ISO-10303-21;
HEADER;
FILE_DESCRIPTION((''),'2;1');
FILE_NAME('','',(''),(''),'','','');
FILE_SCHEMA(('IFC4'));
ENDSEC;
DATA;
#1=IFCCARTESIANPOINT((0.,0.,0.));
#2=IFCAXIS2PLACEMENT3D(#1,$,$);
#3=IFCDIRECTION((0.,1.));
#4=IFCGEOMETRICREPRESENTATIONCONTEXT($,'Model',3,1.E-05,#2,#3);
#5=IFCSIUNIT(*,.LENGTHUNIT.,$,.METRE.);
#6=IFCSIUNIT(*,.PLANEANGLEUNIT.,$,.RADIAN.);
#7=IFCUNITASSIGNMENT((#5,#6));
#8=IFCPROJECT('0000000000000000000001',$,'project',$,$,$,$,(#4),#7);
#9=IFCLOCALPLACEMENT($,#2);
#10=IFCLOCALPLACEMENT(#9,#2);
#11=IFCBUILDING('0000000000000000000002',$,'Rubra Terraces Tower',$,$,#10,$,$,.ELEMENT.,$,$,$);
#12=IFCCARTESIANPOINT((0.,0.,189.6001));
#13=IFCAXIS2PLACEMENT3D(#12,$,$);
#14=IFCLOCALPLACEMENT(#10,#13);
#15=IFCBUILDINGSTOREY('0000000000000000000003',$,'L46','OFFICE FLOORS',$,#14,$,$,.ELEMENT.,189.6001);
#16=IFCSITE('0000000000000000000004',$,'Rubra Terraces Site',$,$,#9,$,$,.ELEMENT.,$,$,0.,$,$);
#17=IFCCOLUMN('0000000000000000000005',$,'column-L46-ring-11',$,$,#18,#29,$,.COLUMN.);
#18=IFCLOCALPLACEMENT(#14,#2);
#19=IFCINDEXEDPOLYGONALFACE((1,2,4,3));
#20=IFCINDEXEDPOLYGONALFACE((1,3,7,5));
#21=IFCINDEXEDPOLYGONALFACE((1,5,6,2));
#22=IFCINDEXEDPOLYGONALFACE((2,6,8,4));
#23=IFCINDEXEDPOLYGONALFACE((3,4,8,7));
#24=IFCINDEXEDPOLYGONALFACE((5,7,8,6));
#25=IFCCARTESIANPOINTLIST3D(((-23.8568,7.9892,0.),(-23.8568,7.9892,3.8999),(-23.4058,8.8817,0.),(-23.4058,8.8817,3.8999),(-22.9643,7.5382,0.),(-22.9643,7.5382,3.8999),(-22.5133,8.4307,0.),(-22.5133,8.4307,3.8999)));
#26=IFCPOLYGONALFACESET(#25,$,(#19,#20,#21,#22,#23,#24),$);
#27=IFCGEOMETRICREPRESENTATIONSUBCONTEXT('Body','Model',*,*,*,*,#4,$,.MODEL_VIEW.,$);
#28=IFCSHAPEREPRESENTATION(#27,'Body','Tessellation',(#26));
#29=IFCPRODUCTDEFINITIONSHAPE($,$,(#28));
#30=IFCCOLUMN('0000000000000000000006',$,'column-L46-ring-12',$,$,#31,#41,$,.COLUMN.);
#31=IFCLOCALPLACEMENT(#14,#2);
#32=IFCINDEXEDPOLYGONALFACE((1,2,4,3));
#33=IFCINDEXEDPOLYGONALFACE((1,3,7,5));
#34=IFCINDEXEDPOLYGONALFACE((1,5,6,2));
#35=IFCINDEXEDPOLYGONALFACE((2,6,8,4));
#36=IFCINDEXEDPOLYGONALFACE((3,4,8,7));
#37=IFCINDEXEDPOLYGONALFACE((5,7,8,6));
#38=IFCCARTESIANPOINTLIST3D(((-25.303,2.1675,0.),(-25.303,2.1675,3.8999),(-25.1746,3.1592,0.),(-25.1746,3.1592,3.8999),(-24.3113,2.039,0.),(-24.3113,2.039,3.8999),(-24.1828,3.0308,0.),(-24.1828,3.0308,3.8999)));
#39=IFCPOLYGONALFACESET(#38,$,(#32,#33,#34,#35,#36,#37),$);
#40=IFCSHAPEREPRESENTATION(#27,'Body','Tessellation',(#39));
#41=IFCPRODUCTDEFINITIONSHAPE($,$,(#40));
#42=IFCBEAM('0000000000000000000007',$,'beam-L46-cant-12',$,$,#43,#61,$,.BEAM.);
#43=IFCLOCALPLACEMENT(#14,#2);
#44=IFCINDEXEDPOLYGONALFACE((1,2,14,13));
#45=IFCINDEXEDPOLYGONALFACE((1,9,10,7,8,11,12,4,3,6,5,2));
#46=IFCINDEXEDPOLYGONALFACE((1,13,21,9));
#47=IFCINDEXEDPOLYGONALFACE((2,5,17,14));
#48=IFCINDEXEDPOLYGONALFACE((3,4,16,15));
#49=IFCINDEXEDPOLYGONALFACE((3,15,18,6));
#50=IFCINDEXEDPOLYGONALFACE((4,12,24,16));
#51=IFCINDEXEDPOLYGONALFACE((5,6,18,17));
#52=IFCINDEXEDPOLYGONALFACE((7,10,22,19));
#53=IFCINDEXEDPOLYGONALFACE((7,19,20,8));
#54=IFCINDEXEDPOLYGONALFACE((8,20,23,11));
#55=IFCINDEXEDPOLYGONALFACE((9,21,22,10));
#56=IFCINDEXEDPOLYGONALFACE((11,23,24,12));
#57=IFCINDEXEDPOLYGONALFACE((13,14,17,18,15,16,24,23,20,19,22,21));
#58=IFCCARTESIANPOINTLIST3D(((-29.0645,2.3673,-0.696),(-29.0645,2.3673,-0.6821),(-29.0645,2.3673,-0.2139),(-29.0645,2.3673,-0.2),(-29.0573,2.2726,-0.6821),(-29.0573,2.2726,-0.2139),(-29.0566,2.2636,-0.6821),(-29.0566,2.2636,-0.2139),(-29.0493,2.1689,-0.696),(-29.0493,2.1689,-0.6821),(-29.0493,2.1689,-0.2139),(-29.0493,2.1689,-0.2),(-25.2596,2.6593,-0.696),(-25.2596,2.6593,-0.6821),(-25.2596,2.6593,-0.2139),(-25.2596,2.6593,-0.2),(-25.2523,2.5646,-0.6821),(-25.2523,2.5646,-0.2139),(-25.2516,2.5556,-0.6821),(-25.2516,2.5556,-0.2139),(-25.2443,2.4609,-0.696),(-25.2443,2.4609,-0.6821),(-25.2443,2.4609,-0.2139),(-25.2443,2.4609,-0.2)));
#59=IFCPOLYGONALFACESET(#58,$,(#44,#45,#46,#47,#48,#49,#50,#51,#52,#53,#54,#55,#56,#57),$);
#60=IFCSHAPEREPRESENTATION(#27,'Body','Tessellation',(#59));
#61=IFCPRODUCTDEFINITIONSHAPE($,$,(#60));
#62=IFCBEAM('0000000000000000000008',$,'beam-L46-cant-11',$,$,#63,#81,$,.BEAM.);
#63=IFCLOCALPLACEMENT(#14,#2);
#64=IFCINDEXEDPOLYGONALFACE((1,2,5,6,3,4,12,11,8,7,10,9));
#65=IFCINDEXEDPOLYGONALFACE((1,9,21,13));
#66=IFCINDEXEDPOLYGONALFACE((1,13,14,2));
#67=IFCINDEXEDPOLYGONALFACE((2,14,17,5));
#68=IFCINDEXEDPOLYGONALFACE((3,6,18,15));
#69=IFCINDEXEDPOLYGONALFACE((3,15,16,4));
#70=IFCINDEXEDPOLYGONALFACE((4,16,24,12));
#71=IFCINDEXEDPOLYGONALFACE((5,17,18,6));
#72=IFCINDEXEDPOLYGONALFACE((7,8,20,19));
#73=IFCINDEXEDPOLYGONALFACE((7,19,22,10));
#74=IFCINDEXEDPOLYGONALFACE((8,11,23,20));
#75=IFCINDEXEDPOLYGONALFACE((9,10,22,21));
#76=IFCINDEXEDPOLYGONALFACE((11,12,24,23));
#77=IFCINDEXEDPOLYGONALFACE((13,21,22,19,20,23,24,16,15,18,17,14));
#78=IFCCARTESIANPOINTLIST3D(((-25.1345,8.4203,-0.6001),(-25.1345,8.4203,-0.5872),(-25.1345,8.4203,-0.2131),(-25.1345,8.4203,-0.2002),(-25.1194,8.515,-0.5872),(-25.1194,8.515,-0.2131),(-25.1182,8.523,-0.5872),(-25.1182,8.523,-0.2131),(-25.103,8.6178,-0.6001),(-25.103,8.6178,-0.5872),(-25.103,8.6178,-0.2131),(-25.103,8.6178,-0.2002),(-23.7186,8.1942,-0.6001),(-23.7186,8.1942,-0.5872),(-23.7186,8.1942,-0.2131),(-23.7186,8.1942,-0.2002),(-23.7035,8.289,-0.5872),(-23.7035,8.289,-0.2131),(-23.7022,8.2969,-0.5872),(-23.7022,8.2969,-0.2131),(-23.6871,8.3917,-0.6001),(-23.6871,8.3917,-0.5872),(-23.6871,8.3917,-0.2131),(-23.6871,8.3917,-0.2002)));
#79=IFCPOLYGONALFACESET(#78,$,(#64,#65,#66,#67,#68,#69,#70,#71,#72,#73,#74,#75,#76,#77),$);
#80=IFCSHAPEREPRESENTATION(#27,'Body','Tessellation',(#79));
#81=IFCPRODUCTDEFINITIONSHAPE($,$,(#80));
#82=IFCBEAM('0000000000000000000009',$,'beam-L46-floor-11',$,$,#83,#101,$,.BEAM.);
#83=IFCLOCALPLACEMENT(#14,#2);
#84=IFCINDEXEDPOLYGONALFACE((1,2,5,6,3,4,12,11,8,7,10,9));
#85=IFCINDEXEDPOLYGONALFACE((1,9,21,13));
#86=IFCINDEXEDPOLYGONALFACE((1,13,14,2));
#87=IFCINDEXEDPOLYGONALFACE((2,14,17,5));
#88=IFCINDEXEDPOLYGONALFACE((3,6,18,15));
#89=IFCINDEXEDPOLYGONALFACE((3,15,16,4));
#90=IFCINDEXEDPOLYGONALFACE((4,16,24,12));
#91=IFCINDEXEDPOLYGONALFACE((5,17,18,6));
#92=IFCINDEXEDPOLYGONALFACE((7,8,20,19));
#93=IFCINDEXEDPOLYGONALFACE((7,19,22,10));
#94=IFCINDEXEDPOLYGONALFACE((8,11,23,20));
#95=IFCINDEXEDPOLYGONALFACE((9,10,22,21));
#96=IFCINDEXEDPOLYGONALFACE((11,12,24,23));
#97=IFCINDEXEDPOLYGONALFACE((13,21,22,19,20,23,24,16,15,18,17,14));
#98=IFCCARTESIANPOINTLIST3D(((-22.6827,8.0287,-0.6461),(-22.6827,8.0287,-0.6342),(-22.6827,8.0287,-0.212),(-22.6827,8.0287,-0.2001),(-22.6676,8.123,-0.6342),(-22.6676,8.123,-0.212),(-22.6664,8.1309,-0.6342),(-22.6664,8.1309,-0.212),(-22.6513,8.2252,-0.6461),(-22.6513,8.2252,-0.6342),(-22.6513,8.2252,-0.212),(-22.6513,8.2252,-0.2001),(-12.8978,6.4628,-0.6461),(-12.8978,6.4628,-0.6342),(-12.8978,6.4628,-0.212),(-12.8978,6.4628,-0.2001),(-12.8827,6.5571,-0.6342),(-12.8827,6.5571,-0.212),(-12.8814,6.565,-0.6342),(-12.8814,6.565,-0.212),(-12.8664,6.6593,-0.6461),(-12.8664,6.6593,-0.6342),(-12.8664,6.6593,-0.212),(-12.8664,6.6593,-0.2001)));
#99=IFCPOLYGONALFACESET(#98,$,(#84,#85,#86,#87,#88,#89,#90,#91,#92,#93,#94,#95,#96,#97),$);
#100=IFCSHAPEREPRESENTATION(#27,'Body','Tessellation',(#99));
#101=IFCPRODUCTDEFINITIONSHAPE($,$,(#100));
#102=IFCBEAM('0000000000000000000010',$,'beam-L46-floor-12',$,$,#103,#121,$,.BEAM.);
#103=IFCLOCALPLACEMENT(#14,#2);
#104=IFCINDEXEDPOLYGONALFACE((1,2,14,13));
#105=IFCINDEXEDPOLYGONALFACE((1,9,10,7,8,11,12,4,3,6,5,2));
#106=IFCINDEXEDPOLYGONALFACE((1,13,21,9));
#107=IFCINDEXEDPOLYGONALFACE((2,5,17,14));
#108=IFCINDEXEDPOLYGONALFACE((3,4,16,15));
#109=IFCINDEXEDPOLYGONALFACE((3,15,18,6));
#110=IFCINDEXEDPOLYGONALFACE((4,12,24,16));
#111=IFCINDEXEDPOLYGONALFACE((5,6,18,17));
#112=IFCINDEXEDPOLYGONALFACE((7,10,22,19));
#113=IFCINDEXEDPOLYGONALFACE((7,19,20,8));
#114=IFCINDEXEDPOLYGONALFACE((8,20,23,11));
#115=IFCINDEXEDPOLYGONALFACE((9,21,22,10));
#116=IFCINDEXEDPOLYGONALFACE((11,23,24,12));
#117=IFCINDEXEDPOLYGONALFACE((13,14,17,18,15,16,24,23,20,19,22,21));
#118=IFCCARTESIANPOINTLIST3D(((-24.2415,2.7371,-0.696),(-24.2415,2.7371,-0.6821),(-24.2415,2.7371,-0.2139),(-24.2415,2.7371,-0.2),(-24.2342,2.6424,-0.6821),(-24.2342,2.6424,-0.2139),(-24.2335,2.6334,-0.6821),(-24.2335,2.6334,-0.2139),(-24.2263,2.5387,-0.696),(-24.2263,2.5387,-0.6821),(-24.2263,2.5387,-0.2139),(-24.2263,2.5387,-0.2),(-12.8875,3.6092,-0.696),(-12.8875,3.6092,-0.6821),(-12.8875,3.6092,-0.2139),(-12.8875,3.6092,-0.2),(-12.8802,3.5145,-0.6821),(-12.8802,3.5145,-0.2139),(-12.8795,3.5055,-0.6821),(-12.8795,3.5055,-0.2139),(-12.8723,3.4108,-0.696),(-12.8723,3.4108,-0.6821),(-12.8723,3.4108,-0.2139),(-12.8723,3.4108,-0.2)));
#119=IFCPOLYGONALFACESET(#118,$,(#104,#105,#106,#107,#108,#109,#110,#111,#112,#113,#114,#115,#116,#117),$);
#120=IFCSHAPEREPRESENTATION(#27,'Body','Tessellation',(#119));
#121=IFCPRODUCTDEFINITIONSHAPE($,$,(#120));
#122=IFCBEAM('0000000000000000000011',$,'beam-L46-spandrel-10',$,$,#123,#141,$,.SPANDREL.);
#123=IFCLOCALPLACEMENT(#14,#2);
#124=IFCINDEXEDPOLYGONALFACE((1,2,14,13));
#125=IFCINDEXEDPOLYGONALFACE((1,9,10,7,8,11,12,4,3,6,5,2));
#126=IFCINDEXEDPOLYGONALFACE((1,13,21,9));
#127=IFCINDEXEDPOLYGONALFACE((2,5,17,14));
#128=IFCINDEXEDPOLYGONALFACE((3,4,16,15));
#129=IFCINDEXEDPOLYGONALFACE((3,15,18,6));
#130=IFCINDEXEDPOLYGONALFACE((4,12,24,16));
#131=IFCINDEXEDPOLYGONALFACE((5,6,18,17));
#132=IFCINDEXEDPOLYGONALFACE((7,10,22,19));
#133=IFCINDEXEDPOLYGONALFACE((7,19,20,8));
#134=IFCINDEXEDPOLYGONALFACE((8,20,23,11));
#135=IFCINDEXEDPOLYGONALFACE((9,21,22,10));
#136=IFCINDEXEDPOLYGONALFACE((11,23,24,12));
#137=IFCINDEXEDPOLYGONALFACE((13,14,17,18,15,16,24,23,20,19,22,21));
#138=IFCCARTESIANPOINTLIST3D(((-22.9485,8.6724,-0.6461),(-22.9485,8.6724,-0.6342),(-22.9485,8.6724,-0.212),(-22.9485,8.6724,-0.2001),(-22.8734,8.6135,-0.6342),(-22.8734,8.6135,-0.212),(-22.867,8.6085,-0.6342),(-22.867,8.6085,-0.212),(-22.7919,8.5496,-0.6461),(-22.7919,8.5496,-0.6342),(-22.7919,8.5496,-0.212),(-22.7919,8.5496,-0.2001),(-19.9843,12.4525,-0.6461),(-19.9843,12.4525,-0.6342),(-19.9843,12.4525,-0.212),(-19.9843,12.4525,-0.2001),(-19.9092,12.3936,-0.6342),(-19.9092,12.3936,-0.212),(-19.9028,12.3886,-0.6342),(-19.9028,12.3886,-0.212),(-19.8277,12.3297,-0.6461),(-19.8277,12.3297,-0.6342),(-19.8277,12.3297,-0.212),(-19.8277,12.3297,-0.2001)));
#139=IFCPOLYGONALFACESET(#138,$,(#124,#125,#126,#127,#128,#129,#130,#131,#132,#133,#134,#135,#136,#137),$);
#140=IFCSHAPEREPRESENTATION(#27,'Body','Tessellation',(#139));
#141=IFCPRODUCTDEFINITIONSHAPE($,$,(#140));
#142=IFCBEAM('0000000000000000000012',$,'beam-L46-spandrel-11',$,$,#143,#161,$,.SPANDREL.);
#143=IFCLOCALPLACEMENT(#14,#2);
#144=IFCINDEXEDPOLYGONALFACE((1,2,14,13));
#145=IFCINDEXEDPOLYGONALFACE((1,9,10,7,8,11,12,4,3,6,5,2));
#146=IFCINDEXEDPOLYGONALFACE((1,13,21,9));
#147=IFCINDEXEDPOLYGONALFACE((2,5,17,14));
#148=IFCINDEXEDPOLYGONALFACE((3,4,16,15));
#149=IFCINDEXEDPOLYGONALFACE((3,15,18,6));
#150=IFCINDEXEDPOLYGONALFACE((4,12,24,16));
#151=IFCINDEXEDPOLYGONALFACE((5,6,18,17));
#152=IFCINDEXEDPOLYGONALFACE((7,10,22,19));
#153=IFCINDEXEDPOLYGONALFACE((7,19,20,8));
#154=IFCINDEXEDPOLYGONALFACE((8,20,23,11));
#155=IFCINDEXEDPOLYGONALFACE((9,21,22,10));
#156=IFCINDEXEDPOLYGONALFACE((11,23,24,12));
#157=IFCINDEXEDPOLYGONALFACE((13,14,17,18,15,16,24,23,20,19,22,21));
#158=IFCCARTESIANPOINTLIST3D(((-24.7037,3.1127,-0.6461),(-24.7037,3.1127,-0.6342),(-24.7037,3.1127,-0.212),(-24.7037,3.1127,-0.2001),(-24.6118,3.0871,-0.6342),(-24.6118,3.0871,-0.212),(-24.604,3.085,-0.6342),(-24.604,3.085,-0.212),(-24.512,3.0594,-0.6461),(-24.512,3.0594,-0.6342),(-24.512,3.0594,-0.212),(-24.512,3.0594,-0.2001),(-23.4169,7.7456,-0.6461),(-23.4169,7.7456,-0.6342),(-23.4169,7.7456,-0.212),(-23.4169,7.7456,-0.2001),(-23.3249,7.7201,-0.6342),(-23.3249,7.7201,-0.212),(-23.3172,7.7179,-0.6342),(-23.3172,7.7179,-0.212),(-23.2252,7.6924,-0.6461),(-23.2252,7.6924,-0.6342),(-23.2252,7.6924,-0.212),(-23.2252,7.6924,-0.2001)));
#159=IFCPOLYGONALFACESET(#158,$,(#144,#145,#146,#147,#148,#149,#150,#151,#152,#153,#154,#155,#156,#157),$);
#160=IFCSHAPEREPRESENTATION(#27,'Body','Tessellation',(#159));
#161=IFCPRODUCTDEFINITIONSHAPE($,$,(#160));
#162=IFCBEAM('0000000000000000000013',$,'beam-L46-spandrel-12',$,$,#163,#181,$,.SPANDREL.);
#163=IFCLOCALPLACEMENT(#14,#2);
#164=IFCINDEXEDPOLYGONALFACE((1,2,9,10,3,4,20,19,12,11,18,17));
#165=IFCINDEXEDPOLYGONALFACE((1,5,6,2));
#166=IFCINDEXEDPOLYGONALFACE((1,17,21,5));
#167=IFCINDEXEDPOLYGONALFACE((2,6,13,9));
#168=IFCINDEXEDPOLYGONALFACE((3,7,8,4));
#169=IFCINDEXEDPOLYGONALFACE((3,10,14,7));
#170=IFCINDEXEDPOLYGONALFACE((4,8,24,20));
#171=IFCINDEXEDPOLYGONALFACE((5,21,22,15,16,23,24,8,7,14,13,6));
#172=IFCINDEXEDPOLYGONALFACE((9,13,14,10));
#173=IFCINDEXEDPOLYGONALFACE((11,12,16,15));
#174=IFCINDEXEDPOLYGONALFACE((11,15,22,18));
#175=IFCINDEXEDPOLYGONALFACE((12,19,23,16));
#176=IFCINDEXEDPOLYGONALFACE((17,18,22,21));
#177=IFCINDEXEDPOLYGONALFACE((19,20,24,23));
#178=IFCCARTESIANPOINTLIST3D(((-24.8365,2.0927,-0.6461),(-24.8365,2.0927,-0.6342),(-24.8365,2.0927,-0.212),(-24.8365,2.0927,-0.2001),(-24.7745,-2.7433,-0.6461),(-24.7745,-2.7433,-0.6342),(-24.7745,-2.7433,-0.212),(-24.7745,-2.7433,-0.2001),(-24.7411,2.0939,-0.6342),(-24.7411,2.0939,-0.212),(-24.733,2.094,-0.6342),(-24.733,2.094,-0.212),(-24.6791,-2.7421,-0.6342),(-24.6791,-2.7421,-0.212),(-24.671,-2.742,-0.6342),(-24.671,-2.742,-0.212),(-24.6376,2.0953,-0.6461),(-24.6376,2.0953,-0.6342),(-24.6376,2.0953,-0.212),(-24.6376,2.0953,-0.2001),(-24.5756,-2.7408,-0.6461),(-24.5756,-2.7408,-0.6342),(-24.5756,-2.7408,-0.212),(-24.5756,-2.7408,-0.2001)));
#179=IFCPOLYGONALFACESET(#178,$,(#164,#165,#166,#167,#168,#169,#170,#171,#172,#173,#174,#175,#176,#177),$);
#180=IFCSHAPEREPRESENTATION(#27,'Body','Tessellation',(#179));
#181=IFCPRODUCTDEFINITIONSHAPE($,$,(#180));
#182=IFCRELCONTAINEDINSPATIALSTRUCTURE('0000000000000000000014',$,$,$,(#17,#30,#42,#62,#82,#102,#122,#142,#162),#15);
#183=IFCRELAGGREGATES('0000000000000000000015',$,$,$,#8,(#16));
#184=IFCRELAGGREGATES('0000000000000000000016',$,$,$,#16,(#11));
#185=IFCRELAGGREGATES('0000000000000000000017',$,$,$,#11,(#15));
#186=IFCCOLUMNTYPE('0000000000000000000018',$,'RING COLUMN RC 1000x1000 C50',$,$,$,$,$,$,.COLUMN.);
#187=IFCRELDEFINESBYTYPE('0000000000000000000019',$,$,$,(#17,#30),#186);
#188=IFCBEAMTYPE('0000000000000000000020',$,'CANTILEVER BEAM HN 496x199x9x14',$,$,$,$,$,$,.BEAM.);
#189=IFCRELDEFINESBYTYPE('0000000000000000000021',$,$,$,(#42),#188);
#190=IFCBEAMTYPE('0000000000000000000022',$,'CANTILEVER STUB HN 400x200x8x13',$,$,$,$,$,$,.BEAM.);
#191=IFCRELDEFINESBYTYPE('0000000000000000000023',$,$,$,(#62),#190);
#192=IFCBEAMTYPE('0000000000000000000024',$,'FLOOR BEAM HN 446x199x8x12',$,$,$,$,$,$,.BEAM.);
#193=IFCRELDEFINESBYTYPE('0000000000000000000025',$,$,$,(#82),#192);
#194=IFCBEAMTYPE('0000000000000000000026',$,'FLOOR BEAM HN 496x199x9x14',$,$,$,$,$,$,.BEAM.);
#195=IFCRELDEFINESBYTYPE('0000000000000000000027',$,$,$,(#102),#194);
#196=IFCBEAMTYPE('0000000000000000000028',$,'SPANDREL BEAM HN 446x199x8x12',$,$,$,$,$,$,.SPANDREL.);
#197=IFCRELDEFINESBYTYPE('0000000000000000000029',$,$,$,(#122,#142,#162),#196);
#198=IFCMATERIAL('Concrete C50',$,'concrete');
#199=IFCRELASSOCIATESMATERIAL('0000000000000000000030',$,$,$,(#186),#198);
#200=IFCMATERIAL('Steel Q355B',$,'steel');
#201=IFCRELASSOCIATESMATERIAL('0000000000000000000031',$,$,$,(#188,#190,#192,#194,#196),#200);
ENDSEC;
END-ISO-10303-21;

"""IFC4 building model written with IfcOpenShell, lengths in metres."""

from ifc_helpers import new_model, si_unit, direction, frame, origin, origin_2d, place, context, subcontext, project, spatial, rectangle, i_section, extrude, material, material_profile, profile_set, type_object, element, save


model = new_model("IFC4")

# Units and contexts
model_context = context("Model", 3, precision=1e-05, world=origin(), true_north=direction((0.0, 1.0)))
body_context = subcontext(model_context, "Body", "Model", "MODEL_VIEW")
ifc_project = project(units=[si_unit("LENGTHUNIT", "METRE"), si_unit("PLANEANGLEUNIT", "RADIAN")], contexts=[model_context])

# Site, building, storey
site_placement = place(None, origin())
site = spatial("IfcSite", under=ifc_project, at=site_placement, Name="Rubra Terraces Site", CompositionType="ELEMENT", RefElevation=0.0)
building_placement = place(site_placement, origin())
building = spatial("IfcBuilding", under=site, at=building_placement, Name="Rubra Terraces Tower", CompositionType="ELEMENT")
storey_placement = place(building_placement, frame((0.0, 0.0, 189.6001)))
storey = spatial("IfcBuildingStorey", under=building, at=storey_placement, Name="L46", Description="OFFICE FLOORS", CompositionType="ELEMENT", Elevation=189.6001)

# Columns
ifc_material_1 = material(Name="Concrete C50", Category="concrete")
ifc_material_profile_1 = material_profile(ifc_material_1, rectangle(XDim=1.0, YDim=1.0, at=origin_2d()), Name="RC 1000x1000")
ifc_profile_set_1 = profile_set([ifc_material_profile_1], Name="Concrete C50")
column_type = type_object("IfcColumnType", Name="RING COLUMN RC 1000x1000 C50", PredefinedType="COLUMN", material=ifc_profile_set_1)
for number, where, z_axis, x_axis, name in (
    (1, (-23.1851, 8.21, 0.0), (0.0, 0.0, 1.0), (-0.451028, -0.89251, 0.0), "column-L46-ring-11"),
    (2, (-24.7429, 2.5991, 0.0), (0.0, 0.0, 1.0), (-0.128444, -0.991717, 0.0), "column-L46-ring-12"),
):
    element("IfcColumn", number, at=place(storey_placement, frame(where, z_axis=z_axis, x_axis=x_axis)), inside=storey, type_object=column_type, Name=name, PredefinedType="COLUMN", context=body_context, shape_type="SweptSolid", body=[
        extrude(rectangle(XDim=1.0, YDim=1.0, at=origin_2d()), origin(), (0.0, 0.0, 1.0), 3.8999),
    ])

# Beams
ifc_material_2 = material(Name="Steel Q355B", Category="steel")
ifc_material_profile_2 = material_profile(ifc_material_2, i_section(OverallWidth=0.199, OverallDepth=0.4961, WebThickness=0.009, FlangeThickness=0.0139, at=origin_2d()), Name="HN 496x199x9x14")
ifc_profile_set_2 = profile_set([ifc_material_profile_2], Name="Steel Q355B")
beam_type_1 = type_object("IfcBeamType", Name="CANTILEVER BEAM HN 496x199x9x14", PredefinedType="BEAM", material=ifc_profile_set_2)
beam_1_placement = place(storey_placement, frame((-25.252, 2.5601, -0.448), z_axis=(-0.997068, -0.076515, 0.0), x_axis=(0.076515, -0.997068, 0.0)))
element("IfcBeam", 3, at=beam_1_placement, inside=storey, type_object=beam_type_1, Name="beam-L46-cant-12", PredefinedType="BEAM", context=body_context, shape_type="SweptSolid", body=[
    extrude(i_section(OverallWidth=0.199, OverallDepth=0.4961, WebThickness=0.009, FlangeThickness=0.0139, at=origin_2d()), origin(), (0.0, 0.0, 1.0), 3.8162),
])
ifc_material_profile_3 = material_profile(ifc_material_2, i_section(OverallWidth=0.2, OverallDepth=0.3999, WebThickness=0.0081, FlangeThickness=0.0129, at=origin_2d()), Name="HN 400x200x8x13")
ifc_profile_set_3 = profile_set([ifc_material_profile_3], Name="Steel Q355B")
beam_type_2 = type_object("IfcBeamType", Name="CANTILEVER STUB HN 400x200x8x13", PredefinedType="BEAM", material=ifc_profile_set_3)
beam_2_placement = place(storey_placement, frame((-23.7029, 8.293, -0.4001), z_axis=(-0.987494, 0.157658, 0.0), x_axis=(-0.157658, -0.987494, 0.0)))
element("IfcBeam", 4, at=beam_2_placement, inside=storey, type_object=beam_type_2, Name="beam-L46-cant-11", PredefinedType="BEAM", context=body_context, shape_type="SweptSolid", body=[
    extrude(i_section(OverallWidth=0.2, OverallDepth=0.3999, WebThickness=0.0081, FlangeThickness=0.0129, at=origin_2d()), origin(), (0.0, 0.0, 1.0), 1.4338),
])
ifc_material_profile_4 = material_profile(ifc_material_2, i_section(OverallWidth=0.199, OverallDepth=0.446, WebThickness=0.0081, FlangeThickness=0.012, at=origin_2d()), Name="HN 446x199x8x12")
ifc_profile_set_4 = profile_set([ifc_material_profile_4], Name="Steel Q355B")
beam_type_3 = type_object("IfcBeamType", Name="FLOOR BEAM HN 446x199x8x12", PredefinedType="BEAM", material=ifc_profile_set_4)
beam_3_placement = place(storey_placement, frame((-22.667, 8.127, -0.4231), z_axis=(0.987435, -0.158023, 0.0), x_axis=(0.158023, 0.987435, 0.0)))
element("IfcBeam", 5, at=beam_3_placement, inside=storey, type_object=beam_type_3, Name="beam-L46-floor-11", PredefinedType="BEAM", context=body_context, shape_type="SweptSolid", body=[
    extrude(i_section(OverallWidth=0.199, OverallDepth=0.446, WebThickness=0.0081, FlangeThickness=0.012, at=origin_2d()), origin(), (0.0, 0.0, 1.0), 9.9094),
])
ifc_material_profile_5 = material_profile(ifc_material_2, i_section(OverallWidth=0.199, OverallDepth=0.4961, WebThickness=0.009, FlangeThickness=0.0139, at=origin_2d()), Name="HN 496x199x9x14")
ifc_profile_set_5 = profile_set([ifc_material_profile_5], Name="Steel Q355B")
beam_type_4 = type_object("IfcBeamType", Name="FLOOR BEAM HN 496x199x9x14", PredefinedType="BEAM", material=ifc_profile_set_5)
beam_4_placement = place(storey_placement, frame((-24.2339, 2.6379, -0.448), z_axis=(0.997063, 0.076582, 0.0), x_axis=(-0.076582, 0.997063, 0.0)))
element("IfcBeam", 6, at=beam_4_placement, inside=storey, type_object=beam_type_4, Name="beam-L46-floor-12", PredefinedType="BEAM", context=body_context, shape_type="SweptSolid", body=[
    extrude(i_section(OverallWidth=0.199, OverallDepth=0.4961, WebThickness=0.009, FlangeThickness=0.0139, at=origin_2d()), origin(), (0.0, 0.0, 1.0), 11.3875),
])
ifc_material_profile_6 = material_profile(ifc_material_2, i_section(OverallWidth=0.199, OverallDepth=0.446, WebThickness=0.0081, FlangeThickness=0.012, at=origin_2d()), Name="HN 446x199x8x12")
ifc_profile_set_6 = profile_set([ifc_material_profile_6], Name="Steel Q355B")
beam_type_5 = type_object("IfcBeamType", Name="SPANDREL BEAM HN 446x199x8x12", PredefinedType="SPANDREL", material=ifc_profile_set_6)
beam_5_placement = place(storey_placement, frame((-19.906, 12.3911, -0.4231), z_axis=(-0.61706, -0.786916, 0.0), x_axis=(0.786916, -0.61706, 0.0)))
element("IfcBeam", 7, at=beam_5_placement, inside=storey, type_object=beam_type_5, Name="beam-L46-spandrel-10", PredefinedType="SPANDREL", context=body_context, shape_type="SweptSolid", body=[
    extrude(i_section(OverallWidth=0.199, OverallDepth=0.446, WebThickness=0.0081, FlangeThickness=0.012, at=origin_2d()), origin(), (0.0, 0.0, 1.0), 4.8037),
])
beam_6_placement = place(storey_placement, frame((-23.321, 7.719, -0.4231), z_axis=(-0.267626, -0.963523, 0.0), x_axis=(0.963523, -0.267626, 0.0)))
element("IfcBeam", 8, at=beam_6_placement, inside=storey, type_object=beam_type_5, Name="beam-L46-spandrel-11", PredefinedType="SPANDREL", context=body_context, shape_type="SweptSolid", body=[
    extrude(i_section(OverallWidth=0.199, OverallDepth=0.446, WebThickness=0.0081, FlangeThickness=0.012, at=origin_2d()), origin(), (0.0, 0.0, 1.0), 4.8083),
])
beam_7_placement = place(storey_placement, frame((-24.7371, 2.094, -0.4231), z_axis=(0.012822, -0.999918, 0.0), x_axis=(0.999918, 0.012822, 0.0)))
element("IfcBeam", 9, at=beam_7_placement, inside=storey, type_object=beam_type_5, Name="beam-L46-spandrel-12", PredefinedType="SPANDREL", context=body_context, shape_type="SweptSolid", body=[
    extrude(i_section(OverallWidth=0.199, OverallDepth=0.446, WebThickness=0.0081, FlangeThickness=0.012, at=origin_2d()), origin(), (0.0, 0.0, 1.0), 4.8364),
])

save(model, "model.ifc")
